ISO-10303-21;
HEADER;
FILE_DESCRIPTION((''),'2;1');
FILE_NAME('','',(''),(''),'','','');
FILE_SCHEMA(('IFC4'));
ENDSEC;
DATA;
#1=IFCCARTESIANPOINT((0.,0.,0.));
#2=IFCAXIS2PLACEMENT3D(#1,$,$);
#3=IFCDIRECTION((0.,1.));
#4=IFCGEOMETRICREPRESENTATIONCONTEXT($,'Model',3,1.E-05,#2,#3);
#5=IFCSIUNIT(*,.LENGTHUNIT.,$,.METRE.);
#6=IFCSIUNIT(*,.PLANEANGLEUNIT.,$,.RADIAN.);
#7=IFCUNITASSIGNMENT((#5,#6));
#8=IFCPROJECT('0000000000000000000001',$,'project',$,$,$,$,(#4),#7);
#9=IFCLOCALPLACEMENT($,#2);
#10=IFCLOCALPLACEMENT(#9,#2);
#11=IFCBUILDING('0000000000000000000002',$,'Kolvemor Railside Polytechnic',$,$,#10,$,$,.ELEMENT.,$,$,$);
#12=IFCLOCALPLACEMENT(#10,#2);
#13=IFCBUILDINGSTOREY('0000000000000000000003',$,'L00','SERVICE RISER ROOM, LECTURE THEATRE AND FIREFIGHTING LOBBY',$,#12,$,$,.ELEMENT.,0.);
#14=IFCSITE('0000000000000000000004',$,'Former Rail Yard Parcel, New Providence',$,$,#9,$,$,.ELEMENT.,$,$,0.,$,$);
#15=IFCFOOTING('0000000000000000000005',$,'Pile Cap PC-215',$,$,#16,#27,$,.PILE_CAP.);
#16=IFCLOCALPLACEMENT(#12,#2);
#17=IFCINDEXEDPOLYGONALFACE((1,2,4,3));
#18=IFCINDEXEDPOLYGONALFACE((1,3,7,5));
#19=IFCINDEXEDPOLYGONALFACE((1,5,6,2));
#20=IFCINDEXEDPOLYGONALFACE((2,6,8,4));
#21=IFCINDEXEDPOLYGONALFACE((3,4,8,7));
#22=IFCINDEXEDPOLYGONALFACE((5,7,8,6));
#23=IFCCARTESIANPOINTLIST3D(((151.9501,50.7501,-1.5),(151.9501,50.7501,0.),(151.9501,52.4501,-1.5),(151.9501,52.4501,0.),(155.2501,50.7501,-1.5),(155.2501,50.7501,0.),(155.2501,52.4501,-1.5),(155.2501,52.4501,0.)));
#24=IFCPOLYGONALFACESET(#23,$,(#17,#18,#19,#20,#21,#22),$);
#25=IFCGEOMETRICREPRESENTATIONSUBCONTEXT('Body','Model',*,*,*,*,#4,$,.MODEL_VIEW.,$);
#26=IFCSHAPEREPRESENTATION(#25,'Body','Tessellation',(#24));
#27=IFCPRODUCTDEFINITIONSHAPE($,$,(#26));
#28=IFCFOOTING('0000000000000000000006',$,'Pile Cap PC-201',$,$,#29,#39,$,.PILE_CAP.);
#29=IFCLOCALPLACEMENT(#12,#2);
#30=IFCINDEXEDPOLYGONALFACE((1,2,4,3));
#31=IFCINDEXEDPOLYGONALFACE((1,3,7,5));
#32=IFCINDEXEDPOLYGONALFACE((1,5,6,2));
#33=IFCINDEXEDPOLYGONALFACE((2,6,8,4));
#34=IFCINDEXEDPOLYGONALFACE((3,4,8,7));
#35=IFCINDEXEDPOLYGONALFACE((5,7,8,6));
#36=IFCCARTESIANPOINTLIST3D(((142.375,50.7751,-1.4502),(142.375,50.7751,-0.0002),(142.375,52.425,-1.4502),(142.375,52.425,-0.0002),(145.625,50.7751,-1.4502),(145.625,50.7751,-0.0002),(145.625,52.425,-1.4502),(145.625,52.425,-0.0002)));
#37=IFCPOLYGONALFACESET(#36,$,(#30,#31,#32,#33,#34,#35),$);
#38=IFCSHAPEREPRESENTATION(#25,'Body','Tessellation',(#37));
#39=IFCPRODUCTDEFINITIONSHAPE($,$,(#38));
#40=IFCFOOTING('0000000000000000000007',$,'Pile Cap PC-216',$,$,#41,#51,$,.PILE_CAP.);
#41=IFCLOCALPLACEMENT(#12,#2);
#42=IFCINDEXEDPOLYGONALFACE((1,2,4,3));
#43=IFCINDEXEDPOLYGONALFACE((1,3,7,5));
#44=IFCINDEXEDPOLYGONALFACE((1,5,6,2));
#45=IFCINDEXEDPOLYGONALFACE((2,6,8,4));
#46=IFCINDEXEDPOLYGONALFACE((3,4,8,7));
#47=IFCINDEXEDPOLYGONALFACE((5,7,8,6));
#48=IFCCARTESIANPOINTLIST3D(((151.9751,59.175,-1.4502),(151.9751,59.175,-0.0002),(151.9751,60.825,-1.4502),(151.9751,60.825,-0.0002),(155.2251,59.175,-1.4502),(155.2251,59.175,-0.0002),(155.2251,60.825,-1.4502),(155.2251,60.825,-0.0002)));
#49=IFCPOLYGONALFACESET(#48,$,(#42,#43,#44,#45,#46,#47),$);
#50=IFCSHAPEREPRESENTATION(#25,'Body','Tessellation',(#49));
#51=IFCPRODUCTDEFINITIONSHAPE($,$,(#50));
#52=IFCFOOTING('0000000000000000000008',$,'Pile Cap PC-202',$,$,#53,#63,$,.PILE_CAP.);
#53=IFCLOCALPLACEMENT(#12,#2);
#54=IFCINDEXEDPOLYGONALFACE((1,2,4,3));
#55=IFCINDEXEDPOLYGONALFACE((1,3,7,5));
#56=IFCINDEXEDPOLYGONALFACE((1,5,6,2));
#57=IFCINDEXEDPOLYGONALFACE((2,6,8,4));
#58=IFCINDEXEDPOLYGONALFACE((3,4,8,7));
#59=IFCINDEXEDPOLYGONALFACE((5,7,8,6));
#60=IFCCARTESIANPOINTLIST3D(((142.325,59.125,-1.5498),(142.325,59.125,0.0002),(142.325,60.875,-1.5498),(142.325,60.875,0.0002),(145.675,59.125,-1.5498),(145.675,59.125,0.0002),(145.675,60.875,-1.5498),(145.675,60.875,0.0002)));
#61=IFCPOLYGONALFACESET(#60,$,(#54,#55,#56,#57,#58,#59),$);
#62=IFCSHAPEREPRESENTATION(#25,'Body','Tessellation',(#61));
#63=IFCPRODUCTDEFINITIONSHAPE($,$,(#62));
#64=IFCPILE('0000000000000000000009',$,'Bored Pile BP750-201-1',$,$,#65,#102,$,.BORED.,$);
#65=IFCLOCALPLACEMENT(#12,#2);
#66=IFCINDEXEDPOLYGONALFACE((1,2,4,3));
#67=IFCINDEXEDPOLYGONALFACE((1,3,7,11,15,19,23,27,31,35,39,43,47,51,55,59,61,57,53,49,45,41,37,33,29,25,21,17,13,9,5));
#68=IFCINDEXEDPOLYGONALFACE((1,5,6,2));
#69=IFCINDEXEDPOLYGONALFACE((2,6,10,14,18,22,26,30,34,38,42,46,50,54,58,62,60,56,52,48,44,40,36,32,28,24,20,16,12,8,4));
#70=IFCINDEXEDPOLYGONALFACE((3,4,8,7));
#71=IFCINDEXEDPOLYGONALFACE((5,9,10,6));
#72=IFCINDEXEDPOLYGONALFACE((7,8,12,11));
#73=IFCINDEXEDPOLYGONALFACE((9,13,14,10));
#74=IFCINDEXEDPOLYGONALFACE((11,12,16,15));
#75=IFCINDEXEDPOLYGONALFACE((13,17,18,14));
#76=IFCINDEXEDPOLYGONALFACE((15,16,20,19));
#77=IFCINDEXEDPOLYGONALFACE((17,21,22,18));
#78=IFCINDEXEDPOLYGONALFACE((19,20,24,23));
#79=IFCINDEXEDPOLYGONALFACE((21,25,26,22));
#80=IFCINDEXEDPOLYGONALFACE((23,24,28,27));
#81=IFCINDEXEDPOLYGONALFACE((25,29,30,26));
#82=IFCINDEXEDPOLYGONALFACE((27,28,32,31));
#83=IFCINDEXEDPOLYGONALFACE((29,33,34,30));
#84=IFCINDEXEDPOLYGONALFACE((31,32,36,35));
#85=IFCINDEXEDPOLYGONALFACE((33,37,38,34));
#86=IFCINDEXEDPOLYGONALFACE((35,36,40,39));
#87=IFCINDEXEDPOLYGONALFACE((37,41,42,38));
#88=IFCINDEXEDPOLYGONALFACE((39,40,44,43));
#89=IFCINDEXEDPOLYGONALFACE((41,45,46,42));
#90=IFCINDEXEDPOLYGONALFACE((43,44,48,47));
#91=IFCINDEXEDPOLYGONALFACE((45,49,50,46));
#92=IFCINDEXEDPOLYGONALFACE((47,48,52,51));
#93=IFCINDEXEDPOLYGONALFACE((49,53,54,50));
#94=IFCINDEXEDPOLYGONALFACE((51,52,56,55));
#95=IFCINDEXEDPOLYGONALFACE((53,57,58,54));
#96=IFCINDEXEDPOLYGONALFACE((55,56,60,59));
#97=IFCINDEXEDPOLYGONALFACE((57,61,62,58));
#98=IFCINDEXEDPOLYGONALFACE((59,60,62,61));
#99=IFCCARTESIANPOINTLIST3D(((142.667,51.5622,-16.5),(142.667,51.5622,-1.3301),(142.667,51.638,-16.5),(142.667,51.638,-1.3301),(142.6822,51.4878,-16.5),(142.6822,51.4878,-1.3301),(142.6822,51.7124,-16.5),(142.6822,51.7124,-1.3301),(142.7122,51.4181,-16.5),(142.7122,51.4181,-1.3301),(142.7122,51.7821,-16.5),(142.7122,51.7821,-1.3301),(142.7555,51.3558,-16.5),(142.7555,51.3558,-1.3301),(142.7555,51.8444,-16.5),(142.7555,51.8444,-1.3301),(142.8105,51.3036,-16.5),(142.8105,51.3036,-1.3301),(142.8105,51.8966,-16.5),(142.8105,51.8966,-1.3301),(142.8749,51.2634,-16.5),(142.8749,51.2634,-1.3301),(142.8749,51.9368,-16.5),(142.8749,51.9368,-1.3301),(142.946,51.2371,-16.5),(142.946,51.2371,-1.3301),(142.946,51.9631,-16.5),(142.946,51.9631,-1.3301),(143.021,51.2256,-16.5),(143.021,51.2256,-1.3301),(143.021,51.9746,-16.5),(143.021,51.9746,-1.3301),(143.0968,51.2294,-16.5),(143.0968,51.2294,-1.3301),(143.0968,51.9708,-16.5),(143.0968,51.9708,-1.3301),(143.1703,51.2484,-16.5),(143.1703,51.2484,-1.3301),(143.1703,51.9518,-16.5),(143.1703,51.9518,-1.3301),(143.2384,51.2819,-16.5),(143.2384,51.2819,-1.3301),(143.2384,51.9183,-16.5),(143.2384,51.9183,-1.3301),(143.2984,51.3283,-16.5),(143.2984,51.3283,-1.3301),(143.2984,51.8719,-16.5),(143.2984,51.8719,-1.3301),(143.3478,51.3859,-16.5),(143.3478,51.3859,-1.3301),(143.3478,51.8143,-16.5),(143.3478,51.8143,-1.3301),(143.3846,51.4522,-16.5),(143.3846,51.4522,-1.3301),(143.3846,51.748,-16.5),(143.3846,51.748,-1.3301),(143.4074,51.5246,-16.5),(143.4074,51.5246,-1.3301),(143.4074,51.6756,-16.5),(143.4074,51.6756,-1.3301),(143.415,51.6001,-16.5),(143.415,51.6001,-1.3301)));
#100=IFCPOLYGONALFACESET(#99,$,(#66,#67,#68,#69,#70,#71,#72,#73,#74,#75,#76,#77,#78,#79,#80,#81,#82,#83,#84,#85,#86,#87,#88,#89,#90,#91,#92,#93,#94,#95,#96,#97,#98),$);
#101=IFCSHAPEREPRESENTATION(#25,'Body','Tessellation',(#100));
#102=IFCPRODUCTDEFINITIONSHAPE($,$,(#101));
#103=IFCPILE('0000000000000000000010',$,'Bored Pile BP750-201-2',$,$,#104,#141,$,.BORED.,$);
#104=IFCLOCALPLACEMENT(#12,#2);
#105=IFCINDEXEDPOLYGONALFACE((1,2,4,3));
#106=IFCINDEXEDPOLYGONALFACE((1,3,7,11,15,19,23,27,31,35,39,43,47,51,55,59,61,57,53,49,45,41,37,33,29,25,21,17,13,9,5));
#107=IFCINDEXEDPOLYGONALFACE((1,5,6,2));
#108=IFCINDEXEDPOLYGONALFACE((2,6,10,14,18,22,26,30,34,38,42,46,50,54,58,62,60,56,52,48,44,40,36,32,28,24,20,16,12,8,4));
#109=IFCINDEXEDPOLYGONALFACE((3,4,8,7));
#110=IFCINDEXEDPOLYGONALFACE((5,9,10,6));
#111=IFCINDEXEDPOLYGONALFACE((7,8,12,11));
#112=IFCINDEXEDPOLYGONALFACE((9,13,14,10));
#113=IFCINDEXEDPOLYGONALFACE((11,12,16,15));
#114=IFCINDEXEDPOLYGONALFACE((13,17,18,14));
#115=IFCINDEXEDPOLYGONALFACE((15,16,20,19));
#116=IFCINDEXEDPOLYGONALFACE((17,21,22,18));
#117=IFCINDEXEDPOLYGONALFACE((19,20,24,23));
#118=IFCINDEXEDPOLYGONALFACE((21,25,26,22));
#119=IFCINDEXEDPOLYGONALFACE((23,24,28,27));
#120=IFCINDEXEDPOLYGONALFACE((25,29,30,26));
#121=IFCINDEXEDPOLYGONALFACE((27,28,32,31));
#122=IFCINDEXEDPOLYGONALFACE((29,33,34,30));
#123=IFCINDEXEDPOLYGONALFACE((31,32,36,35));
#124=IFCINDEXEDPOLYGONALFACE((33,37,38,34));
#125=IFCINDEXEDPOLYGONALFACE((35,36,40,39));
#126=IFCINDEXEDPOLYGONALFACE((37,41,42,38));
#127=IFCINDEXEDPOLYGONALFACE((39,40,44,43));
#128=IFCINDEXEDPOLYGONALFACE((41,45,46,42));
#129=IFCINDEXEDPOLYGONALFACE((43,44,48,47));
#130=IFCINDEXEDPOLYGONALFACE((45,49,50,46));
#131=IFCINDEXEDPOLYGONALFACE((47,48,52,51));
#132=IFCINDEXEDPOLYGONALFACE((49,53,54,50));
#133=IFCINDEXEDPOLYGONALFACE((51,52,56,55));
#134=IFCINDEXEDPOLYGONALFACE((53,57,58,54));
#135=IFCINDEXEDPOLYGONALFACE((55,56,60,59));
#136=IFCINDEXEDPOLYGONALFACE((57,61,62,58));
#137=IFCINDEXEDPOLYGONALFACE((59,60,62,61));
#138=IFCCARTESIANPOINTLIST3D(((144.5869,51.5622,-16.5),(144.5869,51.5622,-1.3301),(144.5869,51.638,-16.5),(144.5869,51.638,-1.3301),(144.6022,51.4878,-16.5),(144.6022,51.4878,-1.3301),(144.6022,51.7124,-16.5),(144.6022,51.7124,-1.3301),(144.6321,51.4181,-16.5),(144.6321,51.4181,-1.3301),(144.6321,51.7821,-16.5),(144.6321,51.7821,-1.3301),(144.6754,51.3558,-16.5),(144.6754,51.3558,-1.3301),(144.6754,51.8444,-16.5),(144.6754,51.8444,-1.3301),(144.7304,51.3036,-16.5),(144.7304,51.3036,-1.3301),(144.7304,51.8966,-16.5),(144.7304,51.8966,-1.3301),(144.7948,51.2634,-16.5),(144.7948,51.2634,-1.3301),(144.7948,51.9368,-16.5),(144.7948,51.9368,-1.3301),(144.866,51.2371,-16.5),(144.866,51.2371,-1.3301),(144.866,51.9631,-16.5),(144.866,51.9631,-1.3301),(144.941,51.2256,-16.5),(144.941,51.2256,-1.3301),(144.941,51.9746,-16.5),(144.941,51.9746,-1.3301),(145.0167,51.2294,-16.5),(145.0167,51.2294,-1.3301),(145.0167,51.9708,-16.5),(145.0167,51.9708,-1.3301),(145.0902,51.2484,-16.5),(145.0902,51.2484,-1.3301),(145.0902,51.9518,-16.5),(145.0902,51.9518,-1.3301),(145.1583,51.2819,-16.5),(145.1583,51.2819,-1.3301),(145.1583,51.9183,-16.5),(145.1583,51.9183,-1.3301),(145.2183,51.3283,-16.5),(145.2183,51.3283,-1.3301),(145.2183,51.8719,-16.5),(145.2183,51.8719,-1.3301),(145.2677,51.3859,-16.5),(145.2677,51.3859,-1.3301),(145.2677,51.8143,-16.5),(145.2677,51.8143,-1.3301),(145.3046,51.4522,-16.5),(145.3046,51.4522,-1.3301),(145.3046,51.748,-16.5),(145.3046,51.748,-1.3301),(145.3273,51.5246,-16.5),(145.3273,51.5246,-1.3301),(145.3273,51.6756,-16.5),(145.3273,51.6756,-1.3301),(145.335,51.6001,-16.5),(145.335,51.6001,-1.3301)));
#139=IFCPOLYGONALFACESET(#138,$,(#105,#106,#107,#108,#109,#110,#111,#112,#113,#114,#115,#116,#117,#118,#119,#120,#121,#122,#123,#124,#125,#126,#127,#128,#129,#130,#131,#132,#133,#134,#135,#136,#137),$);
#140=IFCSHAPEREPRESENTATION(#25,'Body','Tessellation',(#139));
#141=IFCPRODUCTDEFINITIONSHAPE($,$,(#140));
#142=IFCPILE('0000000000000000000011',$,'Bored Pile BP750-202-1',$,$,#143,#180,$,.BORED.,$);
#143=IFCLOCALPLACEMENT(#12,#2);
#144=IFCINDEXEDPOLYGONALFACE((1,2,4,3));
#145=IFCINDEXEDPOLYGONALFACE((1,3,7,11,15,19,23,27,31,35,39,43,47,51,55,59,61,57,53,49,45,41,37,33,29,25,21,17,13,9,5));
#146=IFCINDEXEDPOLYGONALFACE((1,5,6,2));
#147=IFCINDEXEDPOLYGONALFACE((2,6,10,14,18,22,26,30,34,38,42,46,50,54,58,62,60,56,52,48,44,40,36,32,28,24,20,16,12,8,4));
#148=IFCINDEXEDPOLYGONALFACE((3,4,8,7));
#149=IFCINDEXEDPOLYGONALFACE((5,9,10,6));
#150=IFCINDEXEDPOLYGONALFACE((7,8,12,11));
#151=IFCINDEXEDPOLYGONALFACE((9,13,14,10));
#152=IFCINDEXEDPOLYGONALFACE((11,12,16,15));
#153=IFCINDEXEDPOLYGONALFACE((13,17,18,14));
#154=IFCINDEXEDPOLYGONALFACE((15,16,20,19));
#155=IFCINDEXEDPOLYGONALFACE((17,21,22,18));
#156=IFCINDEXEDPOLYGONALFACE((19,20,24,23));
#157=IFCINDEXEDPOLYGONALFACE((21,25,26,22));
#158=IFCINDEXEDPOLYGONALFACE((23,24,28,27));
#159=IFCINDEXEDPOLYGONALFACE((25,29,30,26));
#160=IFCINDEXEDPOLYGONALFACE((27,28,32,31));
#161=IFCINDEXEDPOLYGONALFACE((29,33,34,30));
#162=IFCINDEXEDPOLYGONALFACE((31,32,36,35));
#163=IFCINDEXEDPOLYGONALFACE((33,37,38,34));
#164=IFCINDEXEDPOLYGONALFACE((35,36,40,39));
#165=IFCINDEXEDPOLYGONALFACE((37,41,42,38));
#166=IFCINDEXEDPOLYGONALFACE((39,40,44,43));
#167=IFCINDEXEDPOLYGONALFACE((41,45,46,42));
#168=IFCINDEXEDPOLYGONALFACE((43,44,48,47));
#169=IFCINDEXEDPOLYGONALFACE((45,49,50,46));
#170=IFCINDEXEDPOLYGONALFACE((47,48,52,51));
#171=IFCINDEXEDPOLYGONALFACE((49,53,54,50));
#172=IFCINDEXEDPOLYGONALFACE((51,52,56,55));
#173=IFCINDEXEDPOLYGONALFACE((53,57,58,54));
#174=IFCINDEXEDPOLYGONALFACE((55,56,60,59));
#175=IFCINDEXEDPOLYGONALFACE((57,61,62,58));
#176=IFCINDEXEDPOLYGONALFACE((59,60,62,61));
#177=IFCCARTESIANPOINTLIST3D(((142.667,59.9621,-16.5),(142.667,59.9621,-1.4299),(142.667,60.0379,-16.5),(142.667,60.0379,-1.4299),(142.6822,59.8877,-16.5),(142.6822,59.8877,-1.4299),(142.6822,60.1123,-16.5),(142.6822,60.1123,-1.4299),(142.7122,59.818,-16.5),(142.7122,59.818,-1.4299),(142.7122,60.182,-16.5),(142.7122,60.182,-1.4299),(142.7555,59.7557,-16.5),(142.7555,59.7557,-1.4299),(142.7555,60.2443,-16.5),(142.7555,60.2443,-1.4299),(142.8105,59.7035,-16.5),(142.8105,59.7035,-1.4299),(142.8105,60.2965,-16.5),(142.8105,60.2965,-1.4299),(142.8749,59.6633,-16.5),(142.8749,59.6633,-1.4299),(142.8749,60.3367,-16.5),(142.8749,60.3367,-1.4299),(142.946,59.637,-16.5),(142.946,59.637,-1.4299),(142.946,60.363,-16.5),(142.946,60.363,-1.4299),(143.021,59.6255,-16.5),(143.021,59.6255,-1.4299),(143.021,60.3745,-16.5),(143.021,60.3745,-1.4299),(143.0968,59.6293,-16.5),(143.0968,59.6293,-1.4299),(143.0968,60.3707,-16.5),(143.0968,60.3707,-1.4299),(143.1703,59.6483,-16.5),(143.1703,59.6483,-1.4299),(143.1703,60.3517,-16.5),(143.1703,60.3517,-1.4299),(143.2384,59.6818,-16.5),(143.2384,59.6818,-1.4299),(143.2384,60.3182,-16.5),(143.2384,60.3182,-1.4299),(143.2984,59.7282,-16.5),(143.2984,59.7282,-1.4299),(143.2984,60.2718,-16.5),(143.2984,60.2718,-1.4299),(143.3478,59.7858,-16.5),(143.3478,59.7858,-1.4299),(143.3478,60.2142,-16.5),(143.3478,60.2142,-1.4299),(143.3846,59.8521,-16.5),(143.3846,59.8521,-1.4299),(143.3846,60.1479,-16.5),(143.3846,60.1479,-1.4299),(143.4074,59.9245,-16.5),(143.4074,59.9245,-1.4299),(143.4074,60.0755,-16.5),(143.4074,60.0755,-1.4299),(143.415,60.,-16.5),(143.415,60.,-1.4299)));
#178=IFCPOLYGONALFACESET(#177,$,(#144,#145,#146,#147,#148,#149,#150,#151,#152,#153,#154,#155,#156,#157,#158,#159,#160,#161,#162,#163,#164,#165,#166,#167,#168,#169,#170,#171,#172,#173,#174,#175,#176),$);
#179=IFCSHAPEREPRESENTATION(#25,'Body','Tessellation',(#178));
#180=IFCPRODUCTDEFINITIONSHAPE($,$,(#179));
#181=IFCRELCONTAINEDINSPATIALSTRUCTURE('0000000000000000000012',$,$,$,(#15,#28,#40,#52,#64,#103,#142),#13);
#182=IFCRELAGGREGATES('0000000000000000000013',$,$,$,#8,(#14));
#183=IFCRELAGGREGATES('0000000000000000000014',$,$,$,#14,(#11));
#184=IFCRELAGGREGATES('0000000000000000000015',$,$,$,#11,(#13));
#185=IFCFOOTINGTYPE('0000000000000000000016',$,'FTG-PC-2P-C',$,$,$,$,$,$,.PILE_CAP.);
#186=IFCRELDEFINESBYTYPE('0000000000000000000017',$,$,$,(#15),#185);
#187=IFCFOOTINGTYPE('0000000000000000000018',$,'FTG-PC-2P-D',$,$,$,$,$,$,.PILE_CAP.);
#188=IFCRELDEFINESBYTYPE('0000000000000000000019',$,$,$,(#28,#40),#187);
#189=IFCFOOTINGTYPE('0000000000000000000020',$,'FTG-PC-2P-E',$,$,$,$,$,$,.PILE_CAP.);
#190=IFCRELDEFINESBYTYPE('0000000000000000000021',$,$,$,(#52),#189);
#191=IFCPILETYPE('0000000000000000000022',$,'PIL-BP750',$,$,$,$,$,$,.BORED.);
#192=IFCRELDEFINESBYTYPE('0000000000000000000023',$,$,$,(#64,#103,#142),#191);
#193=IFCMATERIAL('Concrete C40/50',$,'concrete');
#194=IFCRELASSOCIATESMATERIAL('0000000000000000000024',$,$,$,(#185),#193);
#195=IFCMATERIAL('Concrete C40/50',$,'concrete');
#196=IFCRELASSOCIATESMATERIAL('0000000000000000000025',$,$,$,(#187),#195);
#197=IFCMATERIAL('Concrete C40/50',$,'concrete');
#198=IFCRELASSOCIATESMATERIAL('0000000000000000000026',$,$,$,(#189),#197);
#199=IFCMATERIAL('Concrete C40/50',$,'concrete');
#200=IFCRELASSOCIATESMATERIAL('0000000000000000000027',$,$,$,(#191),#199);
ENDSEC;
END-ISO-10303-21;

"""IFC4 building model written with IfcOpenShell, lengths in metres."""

from ifc_helpers import new_model, si_unit, direction, frame, origin, origin_2d, place, context, subcontext, project, spatial, rectangle, circle, extrude, material, material_profile, profile_set, type_object, element, save


model = new_model("IFC4")

# Units and contexts
model_context = context("Model", 3, precision=1e-05, world=origin(), true_north=direction((0.0, 1.0)))
body_context = subcontext(model_context, "Body", "Model", "MODEL_VIEW")
ifc_project = project(units=[si_unit("LENGTHUNIT", "METRE"), si_unit("PLANEANGLEUNIT", "RADIAN")], contexts=[model_context])

# Site, building, storey
site_placement = place(None, origin())
site = spatial("IfcSite", under=ifc_project, at=site_placement, Name="Former Rail Yard Parcel, New Providence", CompositionType="ELEMENT", RefElevation=0.0)
building_placement = place(site_placement, origin())
building = spatial("IfcBuilding", under=site, at=building_placement, Name="Kolvemor Railside Polytechnic", CompositionType="ELEMENT")
storey_placement = place(building_placement, origin())
storey = spatial("IfcBuildingStorey", under=building, at=storey_placement, Name="L00", Description="SERVICE RISER ROOM, LECTURE THEATRE AND FIREFIGHTING LOBBY", CompositionType="ELEMENT", Elevation=0.0)

# Footings
ifc_material_1 = material(Name="Concrete C40/50", Category="concrete")
footing_type_1 = type_object("IfcFootingType", Name="FTG-PC-2P-C", PredefinedType="PILE_CAP", material=ifc_material_1)
footing_1_placement = place(storey_placement, frame((153.6001, 51.6001, -1.5), z_axis=(0.0, 0.0, 1.0), x_axis=(1.0, 0.0, 0.0)))
element("IfcFooting", 1, at=footing_1_placement, inside=storey, type_object=footing_type_1, Name="Pile Cap PC-215", PredefinedType="PILE_CAP", context=body_context, shape_type="SweptSolid", body=[
    extrude(rectangle(XDim=3.3, YDim=1.7, at=origin_2d()), origin(), (0.0, 0.0, 1.0), 1.5),
])
ifc_material_2 = material(Name="Concrete C40/50", Category="concrete")
footing_type_2 = type_object("IfcFootingType", Name="FTG-PC-2P-D", PredefinedType="PILE_CAP", material=ifc_material_2)
for number, where, z_axis, x_axis, name in (
    (2, (144.0, 51.6001, -1.4502), (0.0, 0.0, 1.0), (1.0, 0.0, 0.0), "Pile Cap PC-201"),
    (3, (153.6001, 60.0, -1.4502), (0.0, 0.0, 1.0), (1.0, 0.0, 0.0), "Pile Cap PC-216"),
):
    element("IfcFooting", number, at=place(storey_placement, frame(where, z_axis=z_axis, x_axis=x_axis)), inside=storey, type_object=footing_type_2, Name=name, PredefinedType="PILE_CAP", context=body_context, shape_type="SweptSolid", body=[
        extrude(rectangle(XDim=3.25, YDim=1.6499, at=origin_2d()), origin(), (0.0, 0.0, 1.0), 1.45),
    ])
ifc_material_3 = material(Name="Concrete C40/50", Category="concrete")
footing_type_3 = type_object("IfcFootingType", Name="FTG-PC-2P-E", PredefinedType="PILE_CAP", material=ifc_material_3)
footing_2_placement = place(storey_placement, frame((144.0, 60.0, -1.5498), z_axis=(0.0, 0.0, 1.0), x_axis=(1.0, 0.0, 0.0)))
element("IfcFooting", 4, at=footing_2_placement, inside=storey, type_object=footing_type_3, Name="Pile Cap PC-202", PredefinedType="PILE_CAP", context=body_context, shape_type="SweptSolid", body=[
    extrude(rectangle(XDim=3.3501, YDim=1.75, at=origin_2d()), origin(), (0.0, 0.0, 1.0), 1.55),
])

# Piles
ifc_material_4 = material(Name="Concrete C40/50", Category="concrete")
ifc_material_profile_1 = material_profile(ifc_material_4, circle(Radius=0.375, at=origin_2d()), Name="BP750")
ifc_profile_set_1 = profile_set([ifc_material_profile_1], Name="Concrete C40/50")
pile_type = type_object("IfcPileType", Name="PIL-BP750", PredefinedType="BORED", material=ifc_profile_set_1)
for number, where, z_axis, x_axis, name in (
    (5, (143.04, 51.6001, -1.3301), (0.0, 0.0, -1.0), (1.0, 0.0, 0.0), "Bored Pile BP750-201-1"),
    (6, (144.96, 51.6001, -1.3301), (0.0, 0.0, -1.0), (1.0, 0.0, 0.0), "Bored Pile BP750-201-2"),
):
    element("IfcPile", number, at=place(storey_placement, frame(where, z_axis=z_axis, x_axis=x_axis)), inside=storey, type_object=pile_type, Name=name, PredefinedType="BORED", context=body_context, shape_type="SweptSolid", body=[
        extrude(circle(Radius=0.375, at=origin_2d()), origin(), (0.0, 0.0, 1.0), 15.1699),
    ])
for number, where, z_axis, x_axis, name in (
    (7, (143.04, 60.0, -1.4299), (0.0, 0.0, -1.0), (1.0, 0.0, 0.0), "Bored Pile BP750-202-1"),
):
    element("IfcPile", number, at=place(storey_placement, frame(where, z_axis=z_axis, x_axis=x_axis)), inside=storey, type_object=pile_type, Name=name, PredefinedType="BORED", context=body_context, shape_type="SweptSolid", body=[
        extrude(circle(Radius=0.375, at=origin_2d()), origin(), (0.0, 0.0, 1.0), 15.0701),
    ])

save(model, "model.ifc")
